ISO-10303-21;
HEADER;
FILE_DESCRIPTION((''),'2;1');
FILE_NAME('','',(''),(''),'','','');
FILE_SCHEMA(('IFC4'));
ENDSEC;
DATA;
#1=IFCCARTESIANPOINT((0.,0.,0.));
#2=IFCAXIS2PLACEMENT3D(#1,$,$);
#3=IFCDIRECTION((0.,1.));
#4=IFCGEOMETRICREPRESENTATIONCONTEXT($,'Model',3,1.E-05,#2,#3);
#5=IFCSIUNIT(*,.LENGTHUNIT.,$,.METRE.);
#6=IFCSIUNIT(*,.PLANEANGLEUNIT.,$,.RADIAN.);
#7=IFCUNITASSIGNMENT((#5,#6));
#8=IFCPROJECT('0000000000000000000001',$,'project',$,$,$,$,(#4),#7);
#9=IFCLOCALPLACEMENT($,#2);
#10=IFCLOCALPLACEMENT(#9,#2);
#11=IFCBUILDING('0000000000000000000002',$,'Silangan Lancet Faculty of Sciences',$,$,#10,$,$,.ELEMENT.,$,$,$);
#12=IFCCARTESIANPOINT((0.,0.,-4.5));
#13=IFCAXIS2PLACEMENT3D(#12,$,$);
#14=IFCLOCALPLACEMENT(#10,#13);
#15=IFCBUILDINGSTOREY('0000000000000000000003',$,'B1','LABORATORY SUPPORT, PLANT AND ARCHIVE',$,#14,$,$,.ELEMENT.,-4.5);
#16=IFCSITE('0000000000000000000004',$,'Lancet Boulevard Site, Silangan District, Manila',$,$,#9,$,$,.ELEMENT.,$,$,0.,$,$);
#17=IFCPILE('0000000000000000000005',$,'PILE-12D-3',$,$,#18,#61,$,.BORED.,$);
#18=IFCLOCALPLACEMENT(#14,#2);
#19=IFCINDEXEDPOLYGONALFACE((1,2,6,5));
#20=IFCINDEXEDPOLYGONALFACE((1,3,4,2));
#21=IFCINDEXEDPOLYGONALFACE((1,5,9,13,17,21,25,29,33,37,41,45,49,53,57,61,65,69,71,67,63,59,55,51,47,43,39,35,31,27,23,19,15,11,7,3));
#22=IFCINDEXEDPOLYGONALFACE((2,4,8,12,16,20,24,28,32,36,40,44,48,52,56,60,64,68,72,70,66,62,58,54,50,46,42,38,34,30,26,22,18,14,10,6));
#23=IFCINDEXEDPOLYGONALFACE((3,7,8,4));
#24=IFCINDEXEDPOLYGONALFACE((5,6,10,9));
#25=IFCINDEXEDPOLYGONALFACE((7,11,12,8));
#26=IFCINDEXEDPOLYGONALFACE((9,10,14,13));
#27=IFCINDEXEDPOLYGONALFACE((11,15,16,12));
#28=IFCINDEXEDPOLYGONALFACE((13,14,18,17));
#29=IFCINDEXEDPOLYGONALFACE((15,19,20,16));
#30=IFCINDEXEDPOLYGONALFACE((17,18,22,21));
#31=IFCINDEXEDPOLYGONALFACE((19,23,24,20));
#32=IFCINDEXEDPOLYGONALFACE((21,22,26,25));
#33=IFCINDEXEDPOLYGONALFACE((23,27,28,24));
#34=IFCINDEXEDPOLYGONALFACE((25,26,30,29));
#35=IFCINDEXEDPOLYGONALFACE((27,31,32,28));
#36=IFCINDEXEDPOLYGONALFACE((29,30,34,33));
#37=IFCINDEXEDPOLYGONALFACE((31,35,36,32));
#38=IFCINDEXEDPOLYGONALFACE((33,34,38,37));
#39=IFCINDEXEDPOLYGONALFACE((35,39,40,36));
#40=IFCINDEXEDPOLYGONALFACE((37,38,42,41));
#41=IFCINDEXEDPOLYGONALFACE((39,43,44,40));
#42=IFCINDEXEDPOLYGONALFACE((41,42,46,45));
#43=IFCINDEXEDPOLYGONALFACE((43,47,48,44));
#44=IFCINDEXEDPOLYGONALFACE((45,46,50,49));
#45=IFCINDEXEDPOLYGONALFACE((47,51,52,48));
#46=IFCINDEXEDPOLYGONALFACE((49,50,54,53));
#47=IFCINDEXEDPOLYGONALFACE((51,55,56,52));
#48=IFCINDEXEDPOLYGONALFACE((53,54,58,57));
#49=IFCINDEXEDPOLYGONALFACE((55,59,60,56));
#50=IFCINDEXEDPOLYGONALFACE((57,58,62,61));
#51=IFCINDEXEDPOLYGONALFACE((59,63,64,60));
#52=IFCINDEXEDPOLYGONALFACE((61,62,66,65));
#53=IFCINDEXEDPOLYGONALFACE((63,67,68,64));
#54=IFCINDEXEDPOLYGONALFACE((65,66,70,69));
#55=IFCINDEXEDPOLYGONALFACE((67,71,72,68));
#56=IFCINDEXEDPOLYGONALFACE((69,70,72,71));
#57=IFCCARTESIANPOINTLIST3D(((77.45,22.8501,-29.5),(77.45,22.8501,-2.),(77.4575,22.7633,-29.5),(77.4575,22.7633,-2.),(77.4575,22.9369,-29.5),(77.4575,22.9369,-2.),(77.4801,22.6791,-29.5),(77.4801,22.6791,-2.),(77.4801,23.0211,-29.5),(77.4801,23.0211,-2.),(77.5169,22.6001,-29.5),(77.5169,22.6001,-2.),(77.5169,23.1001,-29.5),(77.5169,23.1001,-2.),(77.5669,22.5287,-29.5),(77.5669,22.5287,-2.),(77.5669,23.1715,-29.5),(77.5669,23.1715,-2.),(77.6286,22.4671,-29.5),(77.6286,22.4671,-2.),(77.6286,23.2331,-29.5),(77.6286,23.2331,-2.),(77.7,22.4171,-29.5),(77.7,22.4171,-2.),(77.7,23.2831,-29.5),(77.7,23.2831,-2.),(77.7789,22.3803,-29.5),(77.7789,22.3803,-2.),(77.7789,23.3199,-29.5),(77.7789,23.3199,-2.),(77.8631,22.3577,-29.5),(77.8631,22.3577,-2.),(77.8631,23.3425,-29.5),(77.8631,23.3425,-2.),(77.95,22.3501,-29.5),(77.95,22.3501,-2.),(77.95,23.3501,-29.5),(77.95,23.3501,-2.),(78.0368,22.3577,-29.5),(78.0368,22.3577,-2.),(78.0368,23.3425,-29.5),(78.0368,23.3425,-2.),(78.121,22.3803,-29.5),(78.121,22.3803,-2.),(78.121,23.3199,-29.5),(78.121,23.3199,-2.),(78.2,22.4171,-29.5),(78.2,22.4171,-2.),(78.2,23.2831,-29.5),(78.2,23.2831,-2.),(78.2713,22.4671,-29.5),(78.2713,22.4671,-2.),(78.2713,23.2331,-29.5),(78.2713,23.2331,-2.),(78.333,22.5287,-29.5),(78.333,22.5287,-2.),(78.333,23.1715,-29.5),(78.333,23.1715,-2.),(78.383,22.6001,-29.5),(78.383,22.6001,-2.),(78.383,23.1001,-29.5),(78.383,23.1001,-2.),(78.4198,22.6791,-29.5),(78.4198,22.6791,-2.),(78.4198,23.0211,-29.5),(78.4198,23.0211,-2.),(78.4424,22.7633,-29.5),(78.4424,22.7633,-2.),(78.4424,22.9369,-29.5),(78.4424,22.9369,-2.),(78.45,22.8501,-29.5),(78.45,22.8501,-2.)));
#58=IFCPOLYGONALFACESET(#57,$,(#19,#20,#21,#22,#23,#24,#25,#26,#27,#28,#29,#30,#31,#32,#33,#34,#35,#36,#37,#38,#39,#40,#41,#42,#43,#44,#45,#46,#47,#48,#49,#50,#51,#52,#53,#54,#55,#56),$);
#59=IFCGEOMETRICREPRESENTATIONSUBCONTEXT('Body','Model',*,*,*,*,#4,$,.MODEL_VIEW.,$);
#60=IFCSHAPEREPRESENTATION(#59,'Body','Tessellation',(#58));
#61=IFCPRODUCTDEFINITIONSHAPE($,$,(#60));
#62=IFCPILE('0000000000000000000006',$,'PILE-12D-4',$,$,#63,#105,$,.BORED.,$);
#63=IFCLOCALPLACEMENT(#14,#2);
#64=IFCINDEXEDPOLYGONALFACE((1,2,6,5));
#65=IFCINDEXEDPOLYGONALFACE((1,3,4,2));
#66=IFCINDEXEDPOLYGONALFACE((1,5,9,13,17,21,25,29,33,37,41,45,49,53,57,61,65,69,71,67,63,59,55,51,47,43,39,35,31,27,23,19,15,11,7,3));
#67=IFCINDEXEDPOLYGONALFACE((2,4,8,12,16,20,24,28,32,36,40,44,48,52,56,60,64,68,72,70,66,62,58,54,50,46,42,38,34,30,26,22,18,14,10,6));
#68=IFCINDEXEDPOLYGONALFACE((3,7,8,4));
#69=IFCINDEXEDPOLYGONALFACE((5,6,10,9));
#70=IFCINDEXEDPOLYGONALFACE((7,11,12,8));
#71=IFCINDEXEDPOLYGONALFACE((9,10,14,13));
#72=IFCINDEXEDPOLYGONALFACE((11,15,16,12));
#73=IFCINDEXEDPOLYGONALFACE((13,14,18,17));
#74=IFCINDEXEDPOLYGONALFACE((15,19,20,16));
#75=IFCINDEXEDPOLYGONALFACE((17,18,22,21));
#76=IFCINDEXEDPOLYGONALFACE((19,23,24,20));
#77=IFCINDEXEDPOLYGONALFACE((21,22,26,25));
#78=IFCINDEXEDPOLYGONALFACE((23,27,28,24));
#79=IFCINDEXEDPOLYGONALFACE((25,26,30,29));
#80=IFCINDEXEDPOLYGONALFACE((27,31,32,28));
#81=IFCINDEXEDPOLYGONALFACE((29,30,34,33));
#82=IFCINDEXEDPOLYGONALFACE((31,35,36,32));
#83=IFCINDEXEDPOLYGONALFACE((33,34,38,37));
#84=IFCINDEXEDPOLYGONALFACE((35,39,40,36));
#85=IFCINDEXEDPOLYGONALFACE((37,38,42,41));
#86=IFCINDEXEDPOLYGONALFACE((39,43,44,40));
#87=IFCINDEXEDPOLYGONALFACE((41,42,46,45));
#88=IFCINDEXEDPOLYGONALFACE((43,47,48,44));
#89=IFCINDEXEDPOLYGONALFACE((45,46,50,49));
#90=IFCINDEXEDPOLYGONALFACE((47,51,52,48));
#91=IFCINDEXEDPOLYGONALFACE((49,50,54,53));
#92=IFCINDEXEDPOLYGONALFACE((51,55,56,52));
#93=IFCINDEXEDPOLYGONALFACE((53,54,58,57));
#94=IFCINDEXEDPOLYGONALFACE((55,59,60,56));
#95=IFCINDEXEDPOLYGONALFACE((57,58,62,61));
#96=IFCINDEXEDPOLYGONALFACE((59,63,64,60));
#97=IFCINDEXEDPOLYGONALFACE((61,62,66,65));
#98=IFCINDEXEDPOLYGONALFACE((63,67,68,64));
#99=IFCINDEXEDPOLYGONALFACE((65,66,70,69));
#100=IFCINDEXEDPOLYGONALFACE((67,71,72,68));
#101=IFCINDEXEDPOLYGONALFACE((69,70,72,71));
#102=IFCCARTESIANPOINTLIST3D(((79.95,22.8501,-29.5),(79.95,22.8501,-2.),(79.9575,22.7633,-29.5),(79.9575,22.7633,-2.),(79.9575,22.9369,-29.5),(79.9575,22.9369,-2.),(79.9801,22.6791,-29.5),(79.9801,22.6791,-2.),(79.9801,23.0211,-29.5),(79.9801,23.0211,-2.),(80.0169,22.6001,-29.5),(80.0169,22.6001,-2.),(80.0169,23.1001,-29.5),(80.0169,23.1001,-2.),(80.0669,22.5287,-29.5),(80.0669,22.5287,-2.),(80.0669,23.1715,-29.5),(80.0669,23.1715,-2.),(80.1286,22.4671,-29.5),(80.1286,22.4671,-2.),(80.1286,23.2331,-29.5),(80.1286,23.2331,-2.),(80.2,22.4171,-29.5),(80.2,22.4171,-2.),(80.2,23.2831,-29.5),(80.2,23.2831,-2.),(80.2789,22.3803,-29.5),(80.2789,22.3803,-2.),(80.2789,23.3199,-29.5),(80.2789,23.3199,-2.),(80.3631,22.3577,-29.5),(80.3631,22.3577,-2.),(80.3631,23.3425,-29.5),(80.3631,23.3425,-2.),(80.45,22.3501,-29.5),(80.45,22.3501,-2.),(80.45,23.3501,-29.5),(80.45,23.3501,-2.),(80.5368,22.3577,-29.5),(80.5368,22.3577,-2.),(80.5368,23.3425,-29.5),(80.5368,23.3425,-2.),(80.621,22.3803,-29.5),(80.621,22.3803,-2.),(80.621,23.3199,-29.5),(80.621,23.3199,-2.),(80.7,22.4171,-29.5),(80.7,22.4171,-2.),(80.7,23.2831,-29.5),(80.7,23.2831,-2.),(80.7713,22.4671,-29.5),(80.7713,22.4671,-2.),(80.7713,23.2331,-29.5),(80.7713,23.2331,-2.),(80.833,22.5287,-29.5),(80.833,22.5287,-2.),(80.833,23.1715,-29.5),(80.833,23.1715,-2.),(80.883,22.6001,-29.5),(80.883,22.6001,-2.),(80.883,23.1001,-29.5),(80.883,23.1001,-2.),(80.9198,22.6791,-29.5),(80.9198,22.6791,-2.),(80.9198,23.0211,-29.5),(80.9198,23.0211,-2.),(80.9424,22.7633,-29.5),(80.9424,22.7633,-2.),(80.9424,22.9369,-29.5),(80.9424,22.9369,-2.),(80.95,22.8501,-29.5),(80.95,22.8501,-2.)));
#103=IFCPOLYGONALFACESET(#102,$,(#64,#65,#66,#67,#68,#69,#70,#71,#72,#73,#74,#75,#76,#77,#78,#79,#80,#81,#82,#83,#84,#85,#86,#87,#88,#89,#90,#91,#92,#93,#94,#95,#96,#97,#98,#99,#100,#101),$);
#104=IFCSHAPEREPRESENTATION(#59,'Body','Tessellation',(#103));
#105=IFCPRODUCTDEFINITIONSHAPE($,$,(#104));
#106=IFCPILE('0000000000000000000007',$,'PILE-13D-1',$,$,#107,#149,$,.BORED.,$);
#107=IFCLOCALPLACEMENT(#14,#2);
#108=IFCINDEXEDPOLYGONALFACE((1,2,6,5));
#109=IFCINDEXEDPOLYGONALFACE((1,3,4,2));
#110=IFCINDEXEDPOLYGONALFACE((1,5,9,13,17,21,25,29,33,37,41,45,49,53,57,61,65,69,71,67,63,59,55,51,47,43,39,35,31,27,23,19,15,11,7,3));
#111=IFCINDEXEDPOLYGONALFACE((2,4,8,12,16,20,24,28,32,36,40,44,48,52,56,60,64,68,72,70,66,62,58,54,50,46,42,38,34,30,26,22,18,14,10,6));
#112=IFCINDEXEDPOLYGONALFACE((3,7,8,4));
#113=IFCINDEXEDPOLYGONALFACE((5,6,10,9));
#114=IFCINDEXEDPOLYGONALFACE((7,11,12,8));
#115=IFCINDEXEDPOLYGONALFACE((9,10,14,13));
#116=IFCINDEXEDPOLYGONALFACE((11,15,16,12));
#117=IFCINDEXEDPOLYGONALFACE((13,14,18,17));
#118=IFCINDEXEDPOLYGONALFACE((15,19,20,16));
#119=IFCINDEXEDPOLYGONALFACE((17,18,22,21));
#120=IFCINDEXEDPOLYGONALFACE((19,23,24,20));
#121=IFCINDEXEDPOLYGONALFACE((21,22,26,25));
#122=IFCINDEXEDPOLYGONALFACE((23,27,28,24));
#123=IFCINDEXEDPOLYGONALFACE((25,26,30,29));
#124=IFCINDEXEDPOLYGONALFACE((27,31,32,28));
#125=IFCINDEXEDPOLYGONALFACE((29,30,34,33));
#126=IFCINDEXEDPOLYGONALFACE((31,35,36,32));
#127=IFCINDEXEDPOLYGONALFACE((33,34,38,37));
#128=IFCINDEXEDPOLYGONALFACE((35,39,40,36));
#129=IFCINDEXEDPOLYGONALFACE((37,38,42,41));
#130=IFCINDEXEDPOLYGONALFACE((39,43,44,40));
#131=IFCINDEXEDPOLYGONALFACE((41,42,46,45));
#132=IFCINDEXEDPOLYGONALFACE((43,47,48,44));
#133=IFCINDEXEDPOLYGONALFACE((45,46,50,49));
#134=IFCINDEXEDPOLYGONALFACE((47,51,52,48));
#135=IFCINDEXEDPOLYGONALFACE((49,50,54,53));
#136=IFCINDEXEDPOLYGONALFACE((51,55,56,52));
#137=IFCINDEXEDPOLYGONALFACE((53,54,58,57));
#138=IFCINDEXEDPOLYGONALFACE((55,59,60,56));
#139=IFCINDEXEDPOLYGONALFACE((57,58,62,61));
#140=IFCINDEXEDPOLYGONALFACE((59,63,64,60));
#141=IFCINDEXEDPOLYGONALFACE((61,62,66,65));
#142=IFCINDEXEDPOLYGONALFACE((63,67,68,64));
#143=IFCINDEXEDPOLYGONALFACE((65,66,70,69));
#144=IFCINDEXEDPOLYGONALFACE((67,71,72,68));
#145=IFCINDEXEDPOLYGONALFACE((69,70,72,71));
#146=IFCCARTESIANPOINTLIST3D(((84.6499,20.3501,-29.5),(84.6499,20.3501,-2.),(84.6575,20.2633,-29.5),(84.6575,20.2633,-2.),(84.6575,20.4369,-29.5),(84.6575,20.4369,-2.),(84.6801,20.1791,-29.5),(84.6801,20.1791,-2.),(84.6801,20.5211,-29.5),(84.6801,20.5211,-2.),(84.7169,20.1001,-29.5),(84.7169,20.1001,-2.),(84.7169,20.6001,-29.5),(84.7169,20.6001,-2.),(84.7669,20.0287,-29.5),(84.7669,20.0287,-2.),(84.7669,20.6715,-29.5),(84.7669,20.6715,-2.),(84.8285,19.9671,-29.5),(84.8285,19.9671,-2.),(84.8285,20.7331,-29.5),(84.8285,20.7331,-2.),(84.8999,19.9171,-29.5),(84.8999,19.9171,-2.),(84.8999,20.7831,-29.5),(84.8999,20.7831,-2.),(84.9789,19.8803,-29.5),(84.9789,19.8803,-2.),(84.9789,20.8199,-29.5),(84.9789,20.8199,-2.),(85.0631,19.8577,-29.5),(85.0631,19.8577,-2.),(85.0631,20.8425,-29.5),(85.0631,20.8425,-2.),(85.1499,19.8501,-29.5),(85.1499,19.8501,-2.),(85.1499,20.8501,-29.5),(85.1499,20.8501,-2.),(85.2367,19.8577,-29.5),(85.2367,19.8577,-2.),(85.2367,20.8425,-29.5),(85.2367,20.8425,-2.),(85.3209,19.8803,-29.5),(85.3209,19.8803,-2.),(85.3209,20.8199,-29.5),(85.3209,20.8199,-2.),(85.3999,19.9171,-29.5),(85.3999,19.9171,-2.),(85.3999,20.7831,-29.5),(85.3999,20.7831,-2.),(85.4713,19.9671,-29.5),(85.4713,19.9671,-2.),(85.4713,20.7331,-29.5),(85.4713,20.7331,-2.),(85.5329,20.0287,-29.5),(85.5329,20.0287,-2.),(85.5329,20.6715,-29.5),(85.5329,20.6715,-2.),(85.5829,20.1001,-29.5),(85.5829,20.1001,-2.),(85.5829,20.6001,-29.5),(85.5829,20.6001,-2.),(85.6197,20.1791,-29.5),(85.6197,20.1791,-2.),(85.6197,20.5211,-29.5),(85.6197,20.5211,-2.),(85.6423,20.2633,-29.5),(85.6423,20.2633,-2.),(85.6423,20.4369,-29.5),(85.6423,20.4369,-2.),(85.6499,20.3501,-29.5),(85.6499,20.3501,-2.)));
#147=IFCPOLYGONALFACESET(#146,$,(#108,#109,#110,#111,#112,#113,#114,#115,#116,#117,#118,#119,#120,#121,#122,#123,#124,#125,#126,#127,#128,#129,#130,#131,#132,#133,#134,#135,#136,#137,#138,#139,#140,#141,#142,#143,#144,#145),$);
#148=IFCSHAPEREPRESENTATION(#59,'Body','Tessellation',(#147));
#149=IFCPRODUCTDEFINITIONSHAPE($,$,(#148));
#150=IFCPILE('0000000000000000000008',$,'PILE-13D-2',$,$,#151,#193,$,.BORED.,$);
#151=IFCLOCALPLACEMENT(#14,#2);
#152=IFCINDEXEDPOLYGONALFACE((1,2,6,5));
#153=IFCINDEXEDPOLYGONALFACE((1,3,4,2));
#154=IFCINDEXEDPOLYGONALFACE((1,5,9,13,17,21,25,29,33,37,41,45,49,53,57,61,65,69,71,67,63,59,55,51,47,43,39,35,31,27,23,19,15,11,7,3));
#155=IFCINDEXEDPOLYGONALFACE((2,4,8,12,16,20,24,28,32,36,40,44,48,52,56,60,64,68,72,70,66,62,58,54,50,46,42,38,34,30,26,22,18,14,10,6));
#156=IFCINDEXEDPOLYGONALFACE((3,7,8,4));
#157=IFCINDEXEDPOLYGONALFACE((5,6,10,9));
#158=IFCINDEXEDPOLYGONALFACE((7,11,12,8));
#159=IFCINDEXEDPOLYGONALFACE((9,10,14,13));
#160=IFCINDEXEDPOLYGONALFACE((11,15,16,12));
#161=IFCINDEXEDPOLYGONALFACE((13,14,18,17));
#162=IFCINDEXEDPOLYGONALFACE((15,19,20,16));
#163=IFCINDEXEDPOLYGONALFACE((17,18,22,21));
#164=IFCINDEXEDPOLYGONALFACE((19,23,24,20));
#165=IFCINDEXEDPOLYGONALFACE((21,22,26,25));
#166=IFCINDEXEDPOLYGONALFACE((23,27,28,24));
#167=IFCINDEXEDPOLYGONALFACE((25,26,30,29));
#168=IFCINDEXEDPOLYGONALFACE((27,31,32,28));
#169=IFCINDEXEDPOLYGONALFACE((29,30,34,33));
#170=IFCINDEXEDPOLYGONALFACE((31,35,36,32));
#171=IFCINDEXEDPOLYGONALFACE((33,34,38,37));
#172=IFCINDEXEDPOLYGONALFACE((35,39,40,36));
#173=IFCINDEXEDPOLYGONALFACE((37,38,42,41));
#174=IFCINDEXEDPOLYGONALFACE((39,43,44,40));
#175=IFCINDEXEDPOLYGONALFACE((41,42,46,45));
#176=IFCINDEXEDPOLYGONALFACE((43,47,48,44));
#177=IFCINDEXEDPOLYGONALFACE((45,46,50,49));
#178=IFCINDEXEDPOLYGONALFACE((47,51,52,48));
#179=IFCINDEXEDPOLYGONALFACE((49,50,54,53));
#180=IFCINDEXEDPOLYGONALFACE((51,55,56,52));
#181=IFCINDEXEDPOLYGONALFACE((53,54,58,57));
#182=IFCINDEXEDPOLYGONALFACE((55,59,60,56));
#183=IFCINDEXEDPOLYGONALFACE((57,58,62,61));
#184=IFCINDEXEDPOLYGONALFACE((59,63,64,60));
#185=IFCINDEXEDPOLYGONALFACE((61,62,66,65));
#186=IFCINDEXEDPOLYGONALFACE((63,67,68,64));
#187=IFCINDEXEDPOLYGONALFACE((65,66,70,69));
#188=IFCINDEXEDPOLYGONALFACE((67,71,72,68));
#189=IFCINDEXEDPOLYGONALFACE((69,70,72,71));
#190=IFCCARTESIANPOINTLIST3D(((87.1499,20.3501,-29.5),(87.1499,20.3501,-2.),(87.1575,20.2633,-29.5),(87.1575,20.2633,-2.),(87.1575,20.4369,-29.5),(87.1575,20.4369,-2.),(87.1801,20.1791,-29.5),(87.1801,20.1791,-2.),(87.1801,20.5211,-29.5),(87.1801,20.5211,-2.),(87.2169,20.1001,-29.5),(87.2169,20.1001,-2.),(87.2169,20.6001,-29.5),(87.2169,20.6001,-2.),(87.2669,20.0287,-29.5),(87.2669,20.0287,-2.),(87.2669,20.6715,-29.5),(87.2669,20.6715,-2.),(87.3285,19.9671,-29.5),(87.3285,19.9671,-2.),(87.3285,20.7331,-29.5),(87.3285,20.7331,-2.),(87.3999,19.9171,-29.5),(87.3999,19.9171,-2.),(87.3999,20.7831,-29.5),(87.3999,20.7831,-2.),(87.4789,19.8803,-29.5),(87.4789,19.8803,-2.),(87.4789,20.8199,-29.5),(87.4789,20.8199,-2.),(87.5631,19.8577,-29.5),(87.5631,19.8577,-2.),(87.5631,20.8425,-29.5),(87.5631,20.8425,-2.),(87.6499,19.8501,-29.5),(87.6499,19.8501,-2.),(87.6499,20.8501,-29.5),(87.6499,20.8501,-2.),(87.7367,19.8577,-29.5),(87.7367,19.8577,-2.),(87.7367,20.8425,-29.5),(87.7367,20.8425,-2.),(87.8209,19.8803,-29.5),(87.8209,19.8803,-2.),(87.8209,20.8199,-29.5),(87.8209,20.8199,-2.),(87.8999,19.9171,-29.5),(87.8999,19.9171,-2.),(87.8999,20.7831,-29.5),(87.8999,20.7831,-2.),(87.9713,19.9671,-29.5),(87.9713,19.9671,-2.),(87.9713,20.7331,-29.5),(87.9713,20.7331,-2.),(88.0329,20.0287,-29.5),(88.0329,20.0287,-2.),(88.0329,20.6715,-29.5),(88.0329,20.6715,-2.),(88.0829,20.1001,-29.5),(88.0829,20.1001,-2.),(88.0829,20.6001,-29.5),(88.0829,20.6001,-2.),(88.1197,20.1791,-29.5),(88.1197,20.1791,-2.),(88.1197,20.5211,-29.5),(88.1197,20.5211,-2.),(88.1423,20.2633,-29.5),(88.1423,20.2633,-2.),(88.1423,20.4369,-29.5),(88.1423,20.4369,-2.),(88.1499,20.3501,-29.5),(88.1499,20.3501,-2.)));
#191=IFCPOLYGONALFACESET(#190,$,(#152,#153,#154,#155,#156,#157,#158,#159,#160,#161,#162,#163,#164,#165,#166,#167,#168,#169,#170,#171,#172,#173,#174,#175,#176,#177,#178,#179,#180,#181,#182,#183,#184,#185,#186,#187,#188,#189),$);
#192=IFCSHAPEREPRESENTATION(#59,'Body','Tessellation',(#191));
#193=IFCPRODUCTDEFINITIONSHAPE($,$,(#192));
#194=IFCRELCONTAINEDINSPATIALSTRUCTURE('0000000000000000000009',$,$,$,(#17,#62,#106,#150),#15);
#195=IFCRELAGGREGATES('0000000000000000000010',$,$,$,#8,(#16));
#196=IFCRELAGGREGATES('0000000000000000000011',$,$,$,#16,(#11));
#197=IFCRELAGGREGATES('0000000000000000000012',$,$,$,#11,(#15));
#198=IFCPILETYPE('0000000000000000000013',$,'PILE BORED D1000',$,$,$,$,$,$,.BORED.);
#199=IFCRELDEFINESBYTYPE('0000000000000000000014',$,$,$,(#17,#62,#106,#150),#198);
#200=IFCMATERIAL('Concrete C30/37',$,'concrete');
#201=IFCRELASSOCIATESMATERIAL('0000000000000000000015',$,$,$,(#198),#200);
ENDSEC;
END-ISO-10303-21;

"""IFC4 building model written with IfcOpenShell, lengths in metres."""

from ifc_helpers import new_model, si_unit, direction, frame, origin, origin_2d, place, context, subcontext, project, spatial, circle, extrude, material, material_profile, profile_set, type_object, element, save


model = new_model("IFC4")

# Units and contexts
model_context = context("Model", 3, precision=1e-05, world=origin(), true_north=direction((0.0, 1.0)))
body_context = subcontext(model_context, "Body", "Model", "MODEL_VIEW")
ifc_project = project(units=[si_unit("LENGTHUNIT", "METRE"), si_unit("PLANEANGLEUNIT", "RADIAN")], contexts=[model_context])

# Site, building, storey
site_placement = place(None, origin())
site = spatial("IfcSite", under=ifc_project, at=site_placement, Name="Lancet Boulevard Site, Silangan District, Manila", CompositionType="ELEMENT", RefElevation=0.0)
building_placement = place(site_placement, origin())
building = spatial("IfcBuilding", under=site, at=building_placement, Name="Silangan Lancet Faculty of Sciences", CompositionType="ELEMENT")
storey_placement = place(building_placement, frame((0.0, 0.0, -4.5)))
storey = spatial("IfcBuildingStorey", under=building, at=storey_placement, Name="B1", Description="LABORATORY SUPPORT, PLANT AND ARCHIVE", CompositionType="ELEMENT", Elevation=-4.5)

# Piles
ifc_material_1 = material(Name="Concrete C30/37", Category="concrete")
ifc_material_profile_1 = material_profile(ifc_material_1, circle(Radius=0.5, at=origin_2d()), Name="BORED PILE D1000")
ifc_profile_set_1 = profile_set([ifc_material_profile_1], Name="Concrete C30/37")
pile_type_1 = type_object("IfcPileType", Name="PILE BORED D1000", PredefinedType="BORED", material=ifc_profile_set_1)
for number, where, z_axis, x_axis, name in (
    (1, (77.95, 22.8501, -2.0), (0.0, 0.0, -1.0), (1.0, 0.0, 0.0), "PILE-12D-3"),
    (2, (80.45, 22.8501, -2.0), (0.0, 0.0, -1.0), (1.0, 0.0, 0.0), "PILE-12D-4"),
    (3, (85.1499, 20.3501, -2.0), (0.0, 0.0, -1.0), (1.0, 0.0, 0.0), "PILE-13D-1"),
    (4, (87.6499, 20.3501, -2.0), (0.0, 0.0, -1.0), (1.0, 0.0, 0.0), "PILE-13D-2"),
):
    element("IfcPile", number, at=place(storey_placement, frame(where, z_axis=z_axis, x_axis=x_axis)), inside=storey, type_object=pile_type_1, Name=name, PredefinedType="BORED", context=body_context, shape_type="SweptSolid", body=[
        extrude(circle(Radius=0.5, at=origin_2d()), origin(), (0.0, 0.0, 1.0), 27.5),
    ])

save(model, "model.ifc")
